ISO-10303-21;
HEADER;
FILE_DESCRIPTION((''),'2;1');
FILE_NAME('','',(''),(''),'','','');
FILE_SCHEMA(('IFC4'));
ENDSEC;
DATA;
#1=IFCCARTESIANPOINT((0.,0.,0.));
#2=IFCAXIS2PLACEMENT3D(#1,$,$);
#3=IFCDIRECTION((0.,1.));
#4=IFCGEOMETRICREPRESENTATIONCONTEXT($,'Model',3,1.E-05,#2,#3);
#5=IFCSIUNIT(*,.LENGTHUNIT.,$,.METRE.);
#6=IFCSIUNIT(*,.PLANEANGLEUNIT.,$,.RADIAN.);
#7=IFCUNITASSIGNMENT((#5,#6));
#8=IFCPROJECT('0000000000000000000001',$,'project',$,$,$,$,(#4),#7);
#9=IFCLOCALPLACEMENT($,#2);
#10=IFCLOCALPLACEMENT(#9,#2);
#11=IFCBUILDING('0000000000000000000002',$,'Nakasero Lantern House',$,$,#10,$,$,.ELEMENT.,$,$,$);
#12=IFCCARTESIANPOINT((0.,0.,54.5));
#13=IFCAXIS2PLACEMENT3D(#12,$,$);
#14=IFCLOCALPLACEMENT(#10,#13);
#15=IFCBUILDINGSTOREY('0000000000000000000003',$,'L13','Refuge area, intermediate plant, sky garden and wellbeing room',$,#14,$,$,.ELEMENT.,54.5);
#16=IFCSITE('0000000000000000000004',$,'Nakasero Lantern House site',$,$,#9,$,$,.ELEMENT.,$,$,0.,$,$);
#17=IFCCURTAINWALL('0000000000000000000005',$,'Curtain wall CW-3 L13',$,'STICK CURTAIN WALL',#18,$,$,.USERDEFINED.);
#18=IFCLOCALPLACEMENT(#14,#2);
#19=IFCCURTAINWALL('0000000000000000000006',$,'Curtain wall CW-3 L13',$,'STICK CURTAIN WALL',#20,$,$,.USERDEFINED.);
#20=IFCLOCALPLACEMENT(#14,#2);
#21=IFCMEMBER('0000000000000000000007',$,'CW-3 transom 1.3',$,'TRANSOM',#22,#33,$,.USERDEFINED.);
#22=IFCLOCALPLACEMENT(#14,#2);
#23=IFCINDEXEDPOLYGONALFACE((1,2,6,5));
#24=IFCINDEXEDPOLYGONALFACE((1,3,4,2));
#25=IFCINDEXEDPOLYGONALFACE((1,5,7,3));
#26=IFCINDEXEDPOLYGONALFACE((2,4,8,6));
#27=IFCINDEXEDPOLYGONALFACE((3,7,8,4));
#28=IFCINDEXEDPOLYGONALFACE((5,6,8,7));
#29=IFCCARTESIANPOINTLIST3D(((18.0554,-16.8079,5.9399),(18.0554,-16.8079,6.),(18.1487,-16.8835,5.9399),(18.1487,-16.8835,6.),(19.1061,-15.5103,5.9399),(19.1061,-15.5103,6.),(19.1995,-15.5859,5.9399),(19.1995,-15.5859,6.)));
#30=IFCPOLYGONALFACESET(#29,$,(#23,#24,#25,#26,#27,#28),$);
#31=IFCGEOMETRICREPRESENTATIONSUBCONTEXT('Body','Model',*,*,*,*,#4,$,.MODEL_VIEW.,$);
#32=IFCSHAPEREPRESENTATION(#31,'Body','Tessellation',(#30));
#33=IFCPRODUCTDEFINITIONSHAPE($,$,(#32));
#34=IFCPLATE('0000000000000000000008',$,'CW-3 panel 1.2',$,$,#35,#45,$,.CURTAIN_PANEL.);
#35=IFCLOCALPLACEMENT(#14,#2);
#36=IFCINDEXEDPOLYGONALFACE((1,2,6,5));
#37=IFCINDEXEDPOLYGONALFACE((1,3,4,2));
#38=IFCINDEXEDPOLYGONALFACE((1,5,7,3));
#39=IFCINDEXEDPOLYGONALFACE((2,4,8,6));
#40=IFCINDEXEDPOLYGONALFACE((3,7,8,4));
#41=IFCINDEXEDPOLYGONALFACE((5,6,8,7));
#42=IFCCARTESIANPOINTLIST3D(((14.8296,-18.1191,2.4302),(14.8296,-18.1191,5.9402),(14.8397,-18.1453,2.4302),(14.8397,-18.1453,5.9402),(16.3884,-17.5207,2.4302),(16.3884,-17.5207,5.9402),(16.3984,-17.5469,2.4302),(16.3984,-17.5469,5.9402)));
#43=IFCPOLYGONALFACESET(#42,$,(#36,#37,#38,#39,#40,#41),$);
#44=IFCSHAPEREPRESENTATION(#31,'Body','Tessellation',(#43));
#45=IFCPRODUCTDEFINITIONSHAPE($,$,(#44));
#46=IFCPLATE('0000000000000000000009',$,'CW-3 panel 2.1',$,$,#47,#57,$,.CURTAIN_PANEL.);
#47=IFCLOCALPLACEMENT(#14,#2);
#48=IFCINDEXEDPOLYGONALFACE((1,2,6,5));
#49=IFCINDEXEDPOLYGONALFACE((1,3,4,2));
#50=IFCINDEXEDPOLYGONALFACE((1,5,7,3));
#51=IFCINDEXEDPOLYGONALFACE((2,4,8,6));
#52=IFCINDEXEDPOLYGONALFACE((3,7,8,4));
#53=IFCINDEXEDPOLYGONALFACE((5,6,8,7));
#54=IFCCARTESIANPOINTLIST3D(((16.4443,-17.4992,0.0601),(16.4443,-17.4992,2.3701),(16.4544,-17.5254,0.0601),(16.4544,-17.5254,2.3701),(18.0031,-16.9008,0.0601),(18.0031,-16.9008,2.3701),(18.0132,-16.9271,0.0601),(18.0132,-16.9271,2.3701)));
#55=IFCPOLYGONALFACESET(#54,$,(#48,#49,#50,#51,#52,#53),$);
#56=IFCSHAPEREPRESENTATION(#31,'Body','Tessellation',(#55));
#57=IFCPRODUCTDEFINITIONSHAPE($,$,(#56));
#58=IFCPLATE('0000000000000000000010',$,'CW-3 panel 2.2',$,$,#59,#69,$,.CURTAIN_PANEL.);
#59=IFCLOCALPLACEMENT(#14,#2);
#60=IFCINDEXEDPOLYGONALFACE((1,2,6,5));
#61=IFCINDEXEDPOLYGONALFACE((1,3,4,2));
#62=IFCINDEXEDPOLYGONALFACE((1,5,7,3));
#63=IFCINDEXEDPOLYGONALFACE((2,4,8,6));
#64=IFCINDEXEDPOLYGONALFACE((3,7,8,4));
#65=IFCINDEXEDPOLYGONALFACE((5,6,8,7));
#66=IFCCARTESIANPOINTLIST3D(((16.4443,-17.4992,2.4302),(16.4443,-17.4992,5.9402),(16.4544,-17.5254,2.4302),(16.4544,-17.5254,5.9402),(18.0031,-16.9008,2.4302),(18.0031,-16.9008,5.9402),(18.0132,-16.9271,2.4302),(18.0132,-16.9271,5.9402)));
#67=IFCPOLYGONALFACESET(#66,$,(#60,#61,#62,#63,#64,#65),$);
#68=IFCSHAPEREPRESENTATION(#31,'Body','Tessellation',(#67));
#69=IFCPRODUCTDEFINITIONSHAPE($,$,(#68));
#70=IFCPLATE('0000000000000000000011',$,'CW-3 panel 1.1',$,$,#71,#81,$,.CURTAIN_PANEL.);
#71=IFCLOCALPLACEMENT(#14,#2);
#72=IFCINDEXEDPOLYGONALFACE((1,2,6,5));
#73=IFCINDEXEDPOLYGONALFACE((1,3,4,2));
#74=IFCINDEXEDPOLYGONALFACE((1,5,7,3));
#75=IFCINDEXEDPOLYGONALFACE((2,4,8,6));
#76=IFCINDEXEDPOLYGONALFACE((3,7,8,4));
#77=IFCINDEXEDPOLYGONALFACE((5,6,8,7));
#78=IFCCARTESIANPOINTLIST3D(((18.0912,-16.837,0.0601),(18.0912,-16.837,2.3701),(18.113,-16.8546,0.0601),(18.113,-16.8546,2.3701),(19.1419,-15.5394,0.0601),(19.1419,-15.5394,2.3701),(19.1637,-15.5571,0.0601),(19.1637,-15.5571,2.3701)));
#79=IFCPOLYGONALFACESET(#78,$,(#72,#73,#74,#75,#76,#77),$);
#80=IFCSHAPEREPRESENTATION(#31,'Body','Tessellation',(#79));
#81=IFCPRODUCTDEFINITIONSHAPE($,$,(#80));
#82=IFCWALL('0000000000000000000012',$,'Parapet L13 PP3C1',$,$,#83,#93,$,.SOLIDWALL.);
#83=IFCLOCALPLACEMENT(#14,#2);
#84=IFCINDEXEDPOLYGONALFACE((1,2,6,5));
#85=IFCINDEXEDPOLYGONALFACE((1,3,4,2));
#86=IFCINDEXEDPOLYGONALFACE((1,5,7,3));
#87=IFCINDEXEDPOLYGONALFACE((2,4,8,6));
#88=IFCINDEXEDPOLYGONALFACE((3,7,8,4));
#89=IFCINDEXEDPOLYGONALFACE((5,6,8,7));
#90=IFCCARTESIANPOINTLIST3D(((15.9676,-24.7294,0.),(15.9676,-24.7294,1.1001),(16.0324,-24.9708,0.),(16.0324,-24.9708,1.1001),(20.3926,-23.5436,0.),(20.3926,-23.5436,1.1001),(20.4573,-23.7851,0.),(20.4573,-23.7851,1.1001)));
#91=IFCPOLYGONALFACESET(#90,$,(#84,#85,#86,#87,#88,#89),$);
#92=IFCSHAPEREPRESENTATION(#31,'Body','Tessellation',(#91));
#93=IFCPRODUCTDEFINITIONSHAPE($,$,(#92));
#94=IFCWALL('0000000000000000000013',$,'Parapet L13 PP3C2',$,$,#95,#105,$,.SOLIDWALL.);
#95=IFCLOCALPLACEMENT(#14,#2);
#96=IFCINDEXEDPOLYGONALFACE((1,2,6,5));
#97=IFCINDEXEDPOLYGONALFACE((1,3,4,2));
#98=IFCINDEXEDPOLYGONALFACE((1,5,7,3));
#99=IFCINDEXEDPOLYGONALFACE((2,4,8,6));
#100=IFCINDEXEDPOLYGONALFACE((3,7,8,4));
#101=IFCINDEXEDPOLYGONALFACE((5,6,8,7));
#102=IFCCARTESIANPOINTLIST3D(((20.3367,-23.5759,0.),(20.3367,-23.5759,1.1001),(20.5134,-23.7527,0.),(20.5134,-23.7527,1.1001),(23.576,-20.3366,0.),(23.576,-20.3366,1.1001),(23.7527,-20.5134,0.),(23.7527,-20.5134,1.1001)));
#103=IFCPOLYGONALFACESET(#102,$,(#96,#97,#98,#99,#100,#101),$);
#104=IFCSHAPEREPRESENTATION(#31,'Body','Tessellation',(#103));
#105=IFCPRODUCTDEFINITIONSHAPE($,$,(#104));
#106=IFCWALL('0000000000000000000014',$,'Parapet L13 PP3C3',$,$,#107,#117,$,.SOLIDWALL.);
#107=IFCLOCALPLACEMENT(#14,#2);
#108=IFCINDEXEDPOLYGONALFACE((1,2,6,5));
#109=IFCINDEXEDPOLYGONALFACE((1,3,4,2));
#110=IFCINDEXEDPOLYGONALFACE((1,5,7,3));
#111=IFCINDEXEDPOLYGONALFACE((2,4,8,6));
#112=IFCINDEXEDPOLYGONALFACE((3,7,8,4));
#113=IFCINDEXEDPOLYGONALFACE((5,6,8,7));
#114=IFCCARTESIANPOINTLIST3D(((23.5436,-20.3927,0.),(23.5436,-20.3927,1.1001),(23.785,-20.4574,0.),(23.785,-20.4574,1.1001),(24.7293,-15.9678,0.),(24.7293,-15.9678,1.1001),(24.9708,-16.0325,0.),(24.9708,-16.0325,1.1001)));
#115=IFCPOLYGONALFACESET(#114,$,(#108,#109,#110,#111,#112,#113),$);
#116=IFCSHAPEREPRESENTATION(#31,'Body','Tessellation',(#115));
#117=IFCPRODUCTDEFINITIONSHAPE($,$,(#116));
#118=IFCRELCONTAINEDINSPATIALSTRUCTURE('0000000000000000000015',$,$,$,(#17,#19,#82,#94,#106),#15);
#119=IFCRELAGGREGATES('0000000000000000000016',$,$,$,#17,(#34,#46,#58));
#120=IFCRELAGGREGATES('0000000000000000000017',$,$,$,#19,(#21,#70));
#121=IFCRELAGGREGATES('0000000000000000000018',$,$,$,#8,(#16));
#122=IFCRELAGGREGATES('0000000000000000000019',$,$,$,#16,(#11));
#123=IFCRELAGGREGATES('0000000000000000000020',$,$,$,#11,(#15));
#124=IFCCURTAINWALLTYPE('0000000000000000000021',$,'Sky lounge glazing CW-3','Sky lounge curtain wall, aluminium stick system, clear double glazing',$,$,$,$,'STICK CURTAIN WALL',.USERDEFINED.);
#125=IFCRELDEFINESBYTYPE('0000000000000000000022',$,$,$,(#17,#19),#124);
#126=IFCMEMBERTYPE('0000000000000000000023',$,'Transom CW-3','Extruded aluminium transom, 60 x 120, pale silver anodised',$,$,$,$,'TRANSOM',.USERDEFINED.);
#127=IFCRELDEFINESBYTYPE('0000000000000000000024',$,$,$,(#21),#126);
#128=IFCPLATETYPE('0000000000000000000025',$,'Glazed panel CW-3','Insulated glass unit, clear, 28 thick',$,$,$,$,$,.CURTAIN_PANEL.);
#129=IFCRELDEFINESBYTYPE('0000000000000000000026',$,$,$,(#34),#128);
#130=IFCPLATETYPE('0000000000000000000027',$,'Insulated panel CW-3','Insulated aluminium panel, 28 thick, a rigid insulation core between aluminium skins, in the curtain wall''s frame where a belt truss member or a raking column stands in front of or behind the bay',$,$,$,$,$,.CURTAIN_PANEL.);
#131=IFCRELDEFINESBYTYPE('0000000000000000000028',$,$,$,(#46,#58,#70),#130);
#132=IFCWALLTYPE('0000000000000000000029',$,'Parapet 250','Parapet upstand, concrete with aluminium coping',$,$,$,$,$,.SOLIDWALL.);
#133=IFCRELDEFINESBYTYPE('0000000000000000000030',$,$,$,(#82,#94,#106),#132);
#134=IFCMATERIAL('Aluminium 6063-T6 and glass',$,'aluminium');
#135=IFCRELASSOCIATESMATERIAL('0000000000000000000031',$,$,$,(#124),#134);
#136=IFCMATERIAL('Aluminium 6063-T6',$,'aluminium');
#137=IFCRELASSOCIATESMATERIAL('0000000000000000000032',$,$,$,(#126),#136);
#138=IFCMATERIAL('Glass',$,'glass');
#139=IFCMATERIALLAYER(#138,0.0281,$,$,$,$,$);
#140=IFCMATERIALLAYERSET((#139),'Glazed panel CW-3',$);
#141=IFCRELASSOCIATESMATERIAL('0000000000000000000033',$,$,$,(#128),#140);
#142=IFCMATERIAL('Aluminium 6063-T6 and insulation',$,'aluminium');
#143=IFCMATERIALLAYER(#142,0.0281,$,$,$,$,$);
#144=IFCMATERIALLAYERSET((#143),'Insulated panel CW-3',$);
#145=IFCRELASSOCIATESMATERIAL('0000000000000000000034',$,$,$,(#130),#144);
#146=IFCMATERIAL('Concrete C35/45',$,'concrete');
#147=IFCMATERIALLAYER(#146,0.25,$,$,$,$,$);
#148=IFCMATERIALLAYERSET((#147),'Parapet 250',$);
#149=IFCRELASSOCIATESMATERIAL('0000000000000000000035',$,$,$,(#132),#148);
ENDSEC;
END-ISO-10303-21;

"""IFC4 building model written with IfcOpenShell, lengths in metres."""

from ifc_helpers import new_model, si_unit, direction, frame, frame_2d, origin, origin_2d, place, context, subcontext, project, spatial, rectangle, extrude, material, layer, layer_set, material_profile, profile_set, type_object, element, aggregate, save


model = new_model("IFC4")

# Units and contexts
model_context = context("Model", 3, precision=1e-05, world=origin(), true_north=direction((0.0, 1.0)))
body_context = subcontext(model_context, "Body", "Model", "MODEL_VIEW")
ifc_project = project(units=[si_unit("LENGTHUNIT", "METRE"), si_unit("PLANEANGLEUNIT", "RADIAN")], contexts=[model_context])

# Site, building, storey
site_placement = place(None, origin())
site = spatial("IfcSite", under=ifc_project, at=site_placement, Name="Nakasero Lantern House site", CompositionType="ELEMENT", RefElevation=0.0)
building_placement = place(site_placement, origin())
building = spatial("IfcBuilding", under=site, at=building_placement, Name="Nakasero Lantern House", CompositionType="ELEMENT")
storey_placement = place(building_placement, frame((0.0, 0.0, 54.5)))
storey = spatial("IfcBuildingStorey", under=building, at=storey_placement, Name="L13", Description="Refuge area, intermediate plant, sky garden and wellbeing room", CompositionType="ELEMENT", Elevation=54.5)

# Curtain wall
ifc_material_1 = material(Name="Aluminium 6063-T6 and glass", Category="aluminium")
curtain_wall_type = type_object("IfcCurtainWallType", Name="Sky lounge glazing CW-3", Description="Sky lounge curtain wall, aluminium stick system, clear double glazing", ElementType="STICK CURTAIN WALL", PredefinedType="USERDEFINED", material=ifc_material_1)
curtain_wall_1_placement = place(storey_placement, origin())
curtain_wall_1 = element("IfcCurtainWall", 1, at=curtain_wall_1_placement, inside=storey, type_object=curtain_wall_type, Name="Curtain wall CW-3 L13", ObjectType="STICK CURTAIN WALL", PredefinedType="USERDEFINED")

# Curtain wall
curtain_wall_2_placement = place(storey_placement, origin())
curtain_wall_2 = element("IfcCurtainWall", 2, at=curtain_wall_2_placement, inside=storey, type_object=curtain_wall_type, Name="Curtain wall CW-3 L13", ObjectType="STICK CURTAIN WALL", PredefinedType="USERDEFINED")

# Member
ifc_material_2 = material(Name="Aluminium 6063-T6", Category="aluminium")
ifc_material_profile_1 = material_profile(ifc_material_2, rectangle(XDim=0.0601, YDim=0.1201, at=origin_2d()), Name="CW-3 transom 60x120")
ifc_profile_set_1 = profile_set([ifc_material_profile_1], Name="Aluminium 6063-T6")
member_type_1 = type_object("IfcMemberType", Name="Transom CW-3", Description="Extruded aluminium transom, 60 x 120, pale silver anodised", ElementType="TRANSOM", PredefinedType="USERDEFINED", material=ifc_profile_set_1)
member_1_placement = place(storey_placement, frame((18.1021, -16.8457, 5.97), z_axis=(0.62932, 0.777146, 0.0), x_axis=(0.0, 0.0, 1.0)))
member_1 = element("IfcMember", 3, at=member_1_placement, type_object=member_type_1, Name="CW-3 transom 1.3", ObjectType="TRANSOM", PredefinedType="USERDEFINED", context=body_context, shape_type="SweptSolid", body=[
    extrude(rectangle(XDim=0.0601, YDim=0.1201, at=origin_2d()), origin(), (0.0, 0.0, 1.0), 1.6697),
])

# Plates
ifc_material_3 = material(Name="Glass", Category="glass")
ifc_layer_1 = layer(ifc_material_3, 0.0281)
ifc_layer_set_1 = layer_set([ifc_layer_1], Name="Glazed panel CW-3")
plate_type_1 = type_object("IfcPlateType", Name="Glazed panel CW-3", Description="Insulated glass unit, clear, 28 thick", PredefinedType="CURTAIN_PANEL", material=ifc_layer_set_1)
plate_1_placement = place(storey_placement, frame((15.614, -17.833, 2.4302), z_axis=(0.0, 0.0, 1.0), x_axis=(0.93358, 0.358368, 0.0)))
plate_1 = element("IfcPlate", 4, at=plate_1_placement, type_object=plate_type_1, Name="CW-3 panel 1.2", PredefinedType="CURTAIN_PANEL", context=body_context, shape_type="SweptSolid", body=[
    extrude(rectangle(XDim=1.6697, YDim=0.0281, at=origin_2d()), origin(), (0.0, 0.0, 1.0), 3.51),
])
ifc_material_4 = material(Name="Aluminium 6063-T6 and insulation", Category="aluminium")
ifc_layer_2 = layer(ifc_material_4, 0.0281)
ifc_layer_set_2 = layer_set([ifc_layer_2], Name="Insulated panel CW-3")
plate_type_2 = type_object("IfcPlateType", Name="Insulated panel CW-3", Description="Insulated aluminium panel, 28 thick, a rigid insulation core between aluminium skins, in the curtain wall's frame where a belt truss member or a raking column stands in front of or behind the bay", PredefinedType="CURTAIN_PANEL", material=ifc_layer_set_2)
plate_2_placement = place(storey_placement, frame((17.2288, -17.2131, 0.0601), z_axis=(0.0, 0.0, 1.0), x_axis=(0.93358, 0.358368, 0.0)))
plate_2 = element("IfcPlate", 5, at=plate_2_placement, type_object=plate_type_2, Name="CW-3 panel 2.1", PredefinedType="CURTAIN_PANEL", context=body_context, shape_type="SweptSolid", body=[
    extrude(rectangle(XDim=1.6697, YDim=0.0281, at=origin_2d()), origin(), (0.0, 0.0, 1.0), 2.3101),
])
plate_3_placement = place(storey_placement, frame((17.2288, -17.2131, 2.4302), z_axis=(0.0, 0.0, 1.0), x_axis=(0.93358, 0.358368, 0.0)))
plate_3 = element("IfcPlate", 6, at=plate_3_placement, type_object=plate_type_2, Name="CW-3 panel 2.2", PredefinedType="CURTAIN_PANEL", context=body_context, shape_type="SweptSolid", body=[
    extrude(rectangle(XDim=1.6697, YDim=0.0281, at=origin_2d()), origin(), (0.0, 0.0, 1.0), 3.51),
])
aggregate(curtain_wall_1, [plate_1, plate_2, plate_3])
plate_4_placement = place(storey_placement, frame((18.6274, -16.197, 0.0601), z_axis=(0.0, 0.0, 1.0), x_axis=(0.62932, 0.777146, 0.0)))
plate_4 = element("IfcPlate", 7, at=plate_4_placement, type_object=plate_type_2, Name="CW-3 panel 1.1", PredefinedType="CURTAIN_PANEL", context=body_context, shape_type="SweptSolid", body=[
    extrude(rectangle(XDim=1.6697, YDim=0.0281, at=origin_2d()), origin(), (0.0, 0.0, 1.0), 2.3101),
])
aggregate(curtain_wall_2, [member_1, plate_4])

# Walls
ifc_material_5 = material(Name="Concrete C35/45", Category="concrete")
ifc_layer_3 = layer(ifc_material_5, 0.25)
ifc_layer_set_3 = layer_set([ifc_layer_3], Name="Parapet 250")
wall_type = type_object("IfcWallType", Name="Parapet 250", Description="Parapet upstand, concrete with aluminium coping", PredefinedType="SOLIDWALL", material=ifc_layer_set_3)
for number, where, z_axis, x_axis, name in (
    (8, (16.0, -24.8501, 0.0), (0.0, 0.0, 1.0), (0.96592, 0.25884, 0.0), "Parapet L13 PP3C1"),
    (9, (20.425, -23.6643, 0.0), (0.0, 0.0, 1.0), (0.707107, 0.707107, 0.0), "Parapet L13 PP3C2"),
    (10, (23.6643, -20.425, 0.0), (0.0, 0.0, 1.0), (0.25884, 0.96592, 0.0), "Parapet L13 PP3C3"),
):
    element("IfcWall", number, at=place(storey_placement, frame(where, z_axis=z_axis, x_axis=x_axis)), inside=storey, type_object=wall_type, Name=name, PredefinedType="SOLIDWALL", context=body_context, shape_type="SweptSolid", body=[
        extrude(rectangle(XDim=4.5811, YDim=0.25, at=frame_2d((2.2905, 0.0))), origin(), (0.0, 0.0, 1.0), 1.1001),
    ])

save(model, "model.ifc")
